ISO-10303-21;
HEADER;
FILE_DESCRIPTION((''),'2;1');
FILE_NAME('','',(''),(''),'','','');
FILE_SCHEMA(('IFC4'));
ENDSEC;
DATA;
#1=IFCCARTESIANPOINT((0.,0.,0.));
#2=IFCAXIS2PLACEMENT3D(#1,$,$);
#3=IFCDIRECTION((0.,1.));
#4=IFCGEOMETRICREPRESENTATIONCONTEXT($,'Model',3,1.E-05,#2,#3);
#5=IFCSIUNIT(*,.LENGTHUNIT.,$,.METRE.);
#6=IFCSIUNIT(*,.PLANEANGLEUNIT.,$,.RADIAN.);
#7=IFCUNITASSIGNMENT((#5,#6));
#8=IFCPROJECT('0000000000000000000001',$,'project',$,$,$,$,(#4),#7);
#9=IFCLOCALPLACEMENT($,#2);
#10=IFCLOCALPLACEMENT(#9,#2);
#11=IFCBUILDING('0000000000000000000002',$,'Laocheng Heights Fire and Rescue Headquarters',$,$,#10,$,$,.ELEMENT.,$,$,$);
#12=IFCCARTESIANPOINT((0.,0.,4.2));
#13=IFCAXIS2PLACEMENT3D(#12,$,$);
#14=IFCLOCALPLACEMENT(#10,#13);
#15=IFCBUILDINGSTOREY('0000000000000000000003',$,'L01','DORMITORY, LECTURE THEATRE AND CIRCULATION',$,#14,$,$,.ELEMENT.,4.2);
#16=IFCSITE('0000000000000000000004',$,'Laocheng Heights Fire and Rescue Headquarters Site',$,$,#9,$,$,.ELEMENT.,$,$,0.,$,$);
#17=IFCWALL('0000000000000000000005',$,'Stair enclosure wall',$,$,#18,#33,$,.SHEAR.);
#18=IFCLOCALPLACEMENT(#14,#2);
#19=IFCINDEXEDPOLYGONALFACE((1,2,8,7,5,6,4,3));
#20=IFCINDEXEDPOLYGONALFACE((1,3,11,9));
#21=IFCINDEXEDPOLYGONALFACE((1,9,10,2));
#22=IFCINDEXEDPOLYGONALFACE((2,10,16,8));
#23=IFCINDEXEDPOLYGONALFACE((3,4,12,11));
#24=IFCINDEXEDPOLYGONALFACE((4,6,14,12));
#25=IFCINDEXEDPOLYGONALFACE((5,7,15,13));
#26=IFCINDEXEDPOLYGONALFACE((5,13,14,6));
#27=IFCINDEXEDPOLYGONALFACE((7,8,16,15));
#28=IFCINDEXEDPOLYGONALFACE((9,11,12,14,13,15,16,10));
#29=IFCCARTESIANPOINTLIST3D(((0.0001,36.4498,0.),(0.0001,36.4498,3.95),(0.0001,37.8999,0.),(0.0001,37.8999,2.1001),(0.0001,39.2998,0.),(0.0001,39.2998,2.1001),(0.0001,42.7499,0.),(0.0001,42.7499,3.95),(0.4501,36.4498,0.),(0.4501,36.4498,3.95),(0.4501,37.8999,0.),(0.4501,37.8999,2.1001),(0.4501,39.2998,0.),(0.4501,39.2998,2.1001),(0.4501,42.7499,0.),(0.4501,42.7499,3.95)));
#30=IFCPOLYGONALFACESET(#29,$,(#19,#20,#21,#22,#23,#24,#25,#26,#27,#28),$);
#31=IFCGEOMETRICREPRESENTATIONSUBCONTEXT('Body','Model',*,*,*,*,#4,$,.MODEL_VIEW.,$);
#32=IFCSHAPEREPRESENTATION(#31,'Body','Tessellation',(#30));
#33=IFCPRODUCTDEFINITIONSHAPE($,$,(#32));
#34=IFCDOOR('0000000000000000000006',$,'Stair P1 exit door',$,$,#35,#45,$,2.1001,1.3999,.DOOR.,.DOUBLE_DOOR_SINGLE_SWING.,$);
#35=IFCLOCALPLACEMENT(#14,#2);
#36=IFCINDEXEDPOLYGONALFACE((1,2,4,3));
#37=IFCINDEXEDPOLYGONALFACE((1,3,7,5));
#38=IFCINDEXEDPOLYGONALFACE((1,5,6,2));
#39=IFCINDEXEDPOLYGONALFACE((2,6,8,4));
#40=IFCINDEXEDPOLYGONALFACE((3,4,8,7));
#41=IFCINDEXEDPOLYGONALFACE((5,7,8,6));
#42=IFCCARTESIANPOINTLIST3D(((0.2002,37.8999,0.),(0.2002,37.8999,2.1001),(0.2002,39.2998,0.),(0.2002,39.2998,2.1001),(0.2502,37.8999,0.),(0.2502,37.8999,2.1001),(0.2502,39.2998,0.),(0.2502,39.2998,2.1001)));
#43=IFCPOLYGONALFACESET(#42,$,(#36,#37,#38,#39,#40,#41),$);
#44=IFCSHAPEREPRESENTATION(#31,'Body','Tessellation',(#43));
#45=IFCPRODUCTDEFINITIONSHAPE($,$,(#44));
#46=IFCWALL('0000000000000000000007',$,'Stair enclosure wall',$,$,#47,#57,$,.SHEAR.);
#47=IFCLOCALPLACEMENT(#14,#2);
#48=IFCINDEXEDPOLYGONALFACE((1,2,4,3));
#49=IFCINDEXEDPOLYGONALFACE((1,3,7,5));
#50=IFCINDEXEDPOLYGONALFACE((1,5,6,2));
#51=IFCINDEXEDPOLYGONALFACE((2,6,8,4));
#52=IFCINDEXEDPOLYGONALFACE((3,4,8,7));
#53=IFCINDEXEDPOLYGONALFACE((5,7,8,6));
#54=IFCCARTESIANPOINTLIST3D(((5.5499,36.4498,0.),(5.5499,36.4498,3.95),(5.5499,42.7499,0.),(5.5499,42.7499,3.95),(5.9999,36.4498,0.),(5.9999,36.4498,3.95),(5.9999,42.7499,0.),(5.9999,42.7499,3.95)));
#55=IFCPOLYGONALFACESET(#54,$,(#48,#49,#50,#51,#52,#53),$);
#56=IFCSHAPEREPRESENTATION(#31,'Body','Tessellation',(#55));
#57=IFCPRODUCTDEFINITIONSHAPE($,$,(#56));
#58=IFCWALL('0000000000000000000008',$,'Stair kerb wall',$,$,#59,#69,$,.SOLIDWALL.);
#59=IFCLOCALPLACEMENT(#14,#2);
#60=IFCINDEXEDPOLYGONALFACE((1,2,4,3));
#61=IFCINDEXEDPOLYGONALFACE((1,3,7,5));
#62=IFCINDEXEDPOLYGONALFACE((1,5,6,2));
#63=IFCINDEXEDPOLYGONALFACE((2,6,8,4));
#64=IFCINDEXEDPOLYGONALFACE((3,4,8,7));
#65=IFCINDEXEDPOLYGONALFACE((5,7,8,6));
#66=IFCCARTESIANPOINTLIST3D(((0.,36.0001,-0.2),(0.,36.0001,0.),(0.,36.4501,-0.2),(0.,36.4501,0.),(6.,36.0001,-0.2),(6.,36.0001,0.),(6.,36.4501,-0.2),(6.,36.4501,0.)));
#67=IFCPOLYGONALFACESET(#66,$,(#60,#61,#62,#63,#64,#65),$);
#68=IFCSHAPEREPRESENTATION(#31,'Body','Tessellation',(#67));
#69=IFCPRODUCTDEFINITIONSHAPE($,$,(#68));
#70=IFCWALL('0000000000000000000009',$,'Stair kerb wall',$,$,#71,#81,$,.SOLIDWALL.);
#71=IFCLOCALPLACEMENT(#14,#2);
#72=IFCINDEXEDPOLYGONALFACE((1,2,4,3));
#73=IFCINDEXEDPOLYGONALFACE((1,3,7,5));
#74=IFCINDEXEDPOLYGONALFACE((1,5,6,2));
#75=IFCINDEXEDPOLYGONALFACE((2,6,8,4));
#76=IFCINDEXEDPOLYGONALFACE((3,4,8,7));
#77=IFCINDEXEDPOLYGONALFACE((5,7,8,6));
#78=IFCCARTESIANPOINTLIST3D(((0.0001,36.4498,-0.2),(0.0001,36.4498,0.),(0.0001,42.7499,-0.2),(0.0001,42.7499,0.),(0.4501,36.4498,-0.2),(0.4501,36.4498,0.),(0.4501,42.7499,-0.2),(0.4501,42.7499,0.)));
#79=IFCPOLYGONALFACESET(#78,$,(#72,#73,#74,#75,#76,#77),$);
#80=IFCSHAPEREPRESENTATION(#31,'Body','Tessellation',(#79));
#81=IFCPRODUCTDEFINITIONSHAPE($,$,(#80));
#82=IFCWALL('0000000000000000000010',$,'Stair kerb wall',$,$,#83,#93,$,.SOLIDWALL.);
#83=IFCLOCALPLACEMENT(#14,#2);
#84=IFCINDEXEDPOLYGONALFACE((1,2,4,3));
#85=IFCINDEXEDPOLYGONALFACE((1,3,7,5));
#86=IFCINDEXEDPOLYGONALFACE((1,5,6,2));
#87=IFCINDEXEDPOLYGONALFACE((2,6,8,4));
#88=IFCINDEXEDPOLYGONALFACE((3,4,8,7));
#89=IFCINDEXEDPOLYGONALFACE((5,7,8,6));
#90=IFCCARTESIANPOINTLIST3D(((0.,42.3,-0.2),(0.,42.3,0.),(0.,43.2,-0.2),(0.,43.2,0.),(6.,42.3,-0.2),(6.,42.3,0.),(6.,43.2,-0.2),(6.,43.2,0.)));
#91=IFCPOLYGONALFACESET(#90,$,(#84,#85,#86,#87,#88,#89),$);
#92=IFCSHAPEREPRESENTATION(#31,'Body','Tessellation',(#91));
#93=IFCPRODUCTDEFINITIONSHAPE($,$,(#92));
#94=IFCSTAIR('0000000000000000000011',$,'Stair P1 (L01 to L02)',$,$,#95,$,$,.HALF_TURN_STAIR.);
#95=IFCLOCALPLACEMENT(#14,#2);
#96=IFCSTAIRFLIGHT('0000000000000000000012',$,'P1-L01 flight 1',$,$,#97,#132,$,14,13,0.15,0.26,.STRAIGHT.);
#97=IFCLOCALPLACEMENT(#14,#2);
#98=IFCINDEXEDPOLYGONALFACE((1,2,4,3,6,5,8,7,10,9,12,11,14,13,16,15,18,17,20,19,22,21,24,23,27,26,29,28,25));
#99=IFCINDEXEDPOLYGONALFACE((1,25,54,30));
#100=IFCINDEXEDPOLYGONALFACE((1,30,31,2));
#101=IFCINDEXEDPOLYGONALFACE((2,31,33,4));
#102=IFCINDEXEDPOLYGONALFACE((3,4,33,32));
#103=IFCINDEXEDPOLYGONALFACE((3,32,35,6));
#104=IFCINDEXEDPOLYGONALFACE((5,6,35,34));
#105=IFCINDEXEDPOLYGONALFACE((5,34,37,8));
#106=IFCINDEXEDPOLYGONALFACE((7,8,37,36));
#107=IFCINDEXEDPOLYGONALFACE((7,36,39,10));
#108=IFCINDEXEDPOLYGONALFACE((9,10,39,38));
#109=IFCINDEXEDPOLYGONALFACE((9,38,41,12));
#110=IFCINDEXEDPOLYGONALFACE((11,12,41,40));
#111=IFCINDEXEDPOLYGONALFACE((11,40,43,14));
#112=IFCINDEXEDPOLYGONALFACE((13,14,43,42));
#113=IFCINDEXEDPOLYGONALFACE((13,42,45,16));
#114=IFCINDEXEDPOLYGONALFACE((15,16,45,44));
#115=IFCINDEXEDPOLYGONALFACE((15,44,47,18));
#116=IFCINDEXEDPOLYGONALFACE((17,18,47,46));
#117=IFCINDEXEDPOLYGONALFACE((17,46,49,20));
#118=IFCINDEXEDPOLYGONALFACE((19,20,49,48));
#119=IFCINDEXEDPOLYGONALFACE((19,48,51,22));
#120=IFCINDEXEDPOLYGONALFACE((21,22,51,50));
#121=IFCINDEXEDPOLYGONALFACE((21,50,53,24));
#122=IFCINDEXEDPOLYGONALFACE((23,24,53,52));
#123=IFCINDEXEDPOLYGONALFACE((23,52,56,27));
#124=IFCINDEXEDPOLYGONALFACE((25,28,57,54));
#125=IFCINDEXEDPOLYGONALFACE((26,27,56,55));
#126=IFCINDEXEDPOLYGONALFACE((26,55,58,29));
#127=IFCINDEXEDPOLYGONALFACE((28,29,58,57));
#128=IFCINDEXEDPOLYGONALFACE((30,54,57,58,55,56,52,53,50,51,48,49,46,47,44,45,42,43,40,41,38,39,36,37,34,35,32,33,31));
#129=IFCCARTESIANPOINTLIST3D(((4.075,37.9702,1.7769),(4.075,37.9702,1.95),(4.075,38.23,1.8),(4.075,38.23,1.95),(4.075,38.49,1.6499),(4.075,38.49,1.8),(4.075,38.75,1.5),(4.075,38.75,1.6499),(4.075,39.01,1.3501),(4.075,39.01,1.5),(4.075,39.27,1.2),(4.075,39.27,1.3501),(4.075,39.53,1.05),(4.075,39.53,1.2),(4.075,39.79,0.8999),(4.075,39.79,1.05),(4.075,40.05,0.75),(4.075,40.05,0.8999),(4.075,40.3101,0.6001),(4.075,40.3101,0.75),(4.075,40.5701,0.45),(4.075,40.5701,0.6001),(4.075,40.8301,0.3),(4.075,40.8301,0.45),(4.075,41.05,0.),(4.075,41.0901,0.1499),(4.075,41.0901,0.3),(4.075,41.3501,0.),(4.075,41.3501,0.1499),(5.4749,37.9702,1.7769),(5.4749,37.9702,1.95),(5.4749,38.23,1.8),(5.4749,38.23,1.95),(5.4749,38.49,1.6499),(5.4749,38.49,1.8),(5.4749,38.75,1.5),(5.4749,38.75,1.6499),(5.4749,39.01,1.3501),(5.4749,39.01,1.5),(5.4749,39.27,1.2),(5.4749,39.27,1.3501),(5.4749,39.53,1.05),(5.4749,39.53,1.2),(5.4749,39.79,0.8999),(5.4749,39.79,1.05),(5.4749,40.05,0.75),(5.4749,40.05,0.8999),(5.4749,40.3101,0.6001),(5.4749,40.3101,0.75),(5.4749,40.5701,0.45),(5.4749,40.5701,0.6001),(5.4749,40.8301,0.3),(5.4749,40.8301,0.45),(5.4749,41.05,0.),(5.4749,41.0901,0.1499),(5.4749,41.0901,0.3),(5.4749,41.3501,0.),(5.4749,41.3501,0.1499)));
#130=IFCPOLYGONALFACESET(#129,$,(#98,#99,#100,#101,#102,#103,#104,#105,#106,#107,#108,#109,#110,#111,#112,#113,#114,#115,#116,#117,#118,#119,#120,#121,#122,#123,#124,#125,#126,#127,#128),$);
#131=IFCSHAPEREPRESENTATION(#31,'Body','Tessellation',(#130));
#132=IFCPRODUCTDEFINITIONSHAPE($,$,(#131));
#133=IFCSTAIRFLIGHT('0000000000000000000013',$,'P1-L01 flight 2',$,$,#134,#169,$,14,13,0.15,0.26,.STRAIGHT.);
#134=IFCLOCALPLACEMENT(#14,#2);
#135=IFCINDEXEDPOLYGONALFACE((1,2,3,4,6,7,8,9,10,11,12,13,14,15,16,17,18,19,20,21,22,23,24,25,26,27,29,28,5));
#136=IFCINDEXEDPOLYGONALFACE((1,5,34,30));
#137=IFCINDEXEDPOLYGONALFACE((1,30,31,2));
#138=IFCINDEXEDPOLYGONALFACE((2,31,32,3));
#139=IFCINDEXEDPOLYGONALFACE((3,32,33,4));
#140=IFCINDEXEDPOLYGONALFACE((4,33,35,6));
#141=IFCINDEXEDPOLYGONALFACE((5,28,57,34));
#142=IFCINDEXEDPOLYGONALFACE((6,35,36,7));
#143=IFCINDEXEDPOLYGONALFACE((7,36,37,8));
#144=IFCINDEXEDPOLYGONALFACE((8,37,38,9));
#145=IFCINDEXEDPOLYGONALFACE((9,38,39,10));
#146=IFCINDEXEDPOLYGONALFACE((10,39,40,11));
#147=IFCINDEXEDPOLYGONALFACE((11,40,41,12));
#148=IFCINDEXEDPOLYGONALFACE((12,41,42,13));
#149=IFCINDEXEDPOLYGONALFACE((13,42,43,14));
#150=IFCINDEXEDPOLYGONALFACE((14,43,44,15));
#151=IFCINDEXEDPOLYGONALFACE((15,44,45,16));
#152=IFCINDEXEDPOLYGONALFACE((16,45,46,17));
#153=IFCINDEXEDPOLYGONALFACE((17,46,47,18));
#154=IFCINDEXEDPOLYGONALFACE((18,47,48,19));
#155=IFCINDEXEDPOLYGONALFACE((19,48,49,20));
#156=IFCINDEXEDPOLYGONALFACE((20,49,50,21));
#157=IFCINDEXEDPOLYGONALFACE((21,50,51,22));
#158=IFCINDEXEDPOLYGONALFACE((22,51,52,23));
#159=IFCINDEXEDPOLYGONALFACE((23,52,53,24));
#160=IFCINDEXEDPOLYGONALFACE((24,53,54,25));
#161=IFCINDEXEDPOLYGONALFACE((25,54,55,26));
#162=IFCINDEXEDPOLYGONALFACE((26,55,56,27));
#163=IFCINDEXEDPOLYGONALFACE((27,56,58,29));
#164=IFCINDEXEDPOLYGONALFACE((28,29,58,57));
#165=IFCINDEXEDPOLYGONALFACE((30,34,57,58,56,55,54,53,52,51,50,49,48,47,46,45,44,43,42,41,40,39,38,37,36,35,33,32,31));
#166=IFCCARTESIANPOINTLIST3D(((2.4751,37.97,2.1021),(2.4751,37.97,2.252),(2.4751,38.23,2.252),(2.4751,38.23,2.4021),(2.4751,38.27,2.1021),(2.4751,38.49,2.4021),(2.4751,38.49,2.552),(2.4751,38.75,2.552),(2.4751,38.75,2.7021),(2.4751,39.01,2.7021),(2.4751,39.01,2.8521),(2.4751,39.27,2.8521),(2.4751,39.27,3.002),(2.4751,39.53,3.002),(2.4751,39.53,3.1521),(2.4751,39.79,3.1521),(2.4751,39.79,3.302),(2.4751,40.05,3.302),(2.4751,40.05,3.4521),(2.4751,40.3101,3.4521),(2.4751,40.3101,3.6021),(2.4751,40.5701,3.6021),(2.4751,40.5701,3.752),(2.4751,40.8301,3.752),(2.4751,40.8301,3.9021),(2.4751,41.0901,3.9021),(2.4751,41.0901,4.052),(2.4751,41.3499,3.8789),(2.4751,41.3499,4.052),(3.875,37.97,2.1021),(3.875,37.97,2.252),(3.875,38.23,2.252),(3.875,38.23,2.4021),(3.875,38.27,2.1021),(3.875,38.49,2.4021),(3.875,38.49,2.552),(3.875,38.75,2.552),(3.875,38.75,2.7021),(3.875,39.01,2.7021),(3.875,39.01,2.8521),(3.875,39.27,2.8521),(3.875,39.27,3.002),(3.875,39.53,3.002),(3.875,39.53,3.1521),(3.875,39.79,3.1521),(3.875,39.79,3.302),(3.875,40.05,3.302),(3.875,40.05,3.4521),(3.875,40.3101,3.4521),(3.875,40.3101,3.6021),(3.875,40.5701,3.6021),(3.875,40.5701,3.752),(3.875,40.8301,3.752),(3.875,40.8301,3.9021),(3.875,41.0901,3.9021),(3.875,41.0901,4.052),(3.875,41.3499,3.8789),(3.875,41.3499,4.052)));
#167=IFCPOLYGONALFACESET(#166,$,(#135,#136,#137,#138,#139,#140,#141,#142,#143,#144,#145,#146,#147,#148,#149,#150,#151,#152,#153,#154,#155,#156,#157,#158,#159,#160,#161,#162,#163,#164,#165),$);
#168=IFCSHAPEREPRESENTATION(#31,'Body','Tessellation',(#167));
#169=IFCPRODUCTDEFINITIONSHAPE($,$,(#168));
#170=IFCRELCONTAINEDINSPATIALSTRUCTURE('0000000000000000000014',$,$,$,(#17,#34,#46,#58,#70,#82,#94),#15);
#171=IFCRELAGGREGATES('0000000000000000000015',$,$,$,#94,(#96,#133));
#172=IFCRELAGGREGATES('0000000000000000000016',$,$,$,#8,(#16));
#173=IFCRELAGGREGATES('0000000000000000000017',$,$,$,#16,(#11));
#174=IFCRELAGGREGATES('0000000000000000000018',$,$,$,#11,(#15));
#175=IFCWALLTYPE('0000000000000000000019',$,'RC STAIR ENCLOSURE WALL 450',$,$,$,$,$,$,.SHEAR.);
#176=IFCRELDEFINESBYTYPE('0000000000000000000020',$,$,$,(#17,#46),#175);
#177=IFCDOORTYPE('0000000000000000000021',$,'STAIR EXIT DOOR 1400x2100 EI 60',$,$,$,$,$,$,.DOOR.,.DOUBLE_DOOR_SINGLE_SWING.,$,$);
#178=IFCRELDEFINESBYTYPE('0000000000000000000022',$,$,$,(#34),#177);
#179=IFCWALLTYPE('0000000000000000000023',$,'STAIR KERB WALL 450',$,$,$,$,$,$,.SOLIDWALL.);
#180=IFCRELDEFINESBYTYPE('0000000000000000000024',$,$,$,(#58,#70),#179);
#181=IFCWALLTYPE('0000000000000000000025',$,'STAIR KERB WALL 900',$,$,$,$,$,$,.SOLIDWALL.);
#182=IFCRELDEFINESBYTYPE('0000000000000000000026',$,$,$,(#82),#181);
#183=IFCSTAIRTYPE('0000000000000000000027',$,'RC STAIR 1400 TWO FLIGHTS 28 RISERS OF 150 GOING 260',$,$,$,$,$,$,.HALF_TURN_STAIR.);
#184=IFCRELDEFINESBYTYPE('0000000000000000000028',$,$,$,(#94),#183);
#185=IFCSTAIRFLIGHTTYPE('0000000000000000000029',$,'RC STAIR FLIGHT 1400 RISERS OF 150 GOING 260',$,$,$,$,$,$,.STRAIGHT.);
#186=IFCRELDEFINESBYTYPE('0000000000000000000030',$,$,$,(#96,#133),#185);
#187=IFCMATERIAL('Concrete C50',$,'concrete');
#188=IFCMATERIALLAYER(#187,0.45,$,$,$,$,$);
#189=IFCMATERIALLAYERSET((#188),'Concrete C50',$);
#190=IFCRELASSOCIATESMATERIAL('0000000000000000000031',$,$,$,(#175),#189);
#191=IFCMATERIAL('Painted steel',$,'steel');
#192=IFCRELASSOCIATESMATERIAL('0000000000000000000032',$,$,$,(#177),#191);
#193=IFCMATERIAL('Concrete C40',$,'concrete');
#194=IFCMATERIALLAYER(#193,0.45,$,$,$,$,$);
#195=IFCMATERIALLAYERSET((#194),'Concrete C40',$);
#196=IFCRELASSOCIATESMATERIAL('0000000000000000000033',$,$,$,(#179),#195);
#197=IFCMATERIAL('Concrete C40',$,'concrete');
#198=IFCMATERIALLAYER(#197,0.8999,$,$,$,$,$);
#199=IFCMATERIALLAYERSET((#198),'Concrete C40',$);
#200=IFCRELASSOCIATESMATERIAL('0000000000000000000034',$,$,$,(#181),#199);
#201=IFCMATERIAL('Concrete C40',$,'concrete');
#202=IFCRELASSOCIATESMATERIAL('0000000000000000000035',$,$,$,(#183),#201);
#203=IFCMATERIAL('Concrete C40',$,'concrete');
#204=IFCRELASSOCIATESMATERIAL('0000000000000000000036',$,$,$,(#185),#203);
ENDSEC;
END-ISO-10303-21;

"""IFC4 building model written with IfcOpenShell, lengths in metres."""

from ifc_helpers import new_model, si_unit, direction, frame, frame_2d, origin, place, context, subcontext, project, spatial, polyline, rectangle, outline, extrude, material, layer, layer_set, type_object, element, fill, aggregate, save


model = new_model("IFC4")

# Units and contexts
model_context = context("Model", 3, precision=1e-05, world=origin(), true_north=direction((0.0, 1.0)))
body_context = subcontext(model_context, "Body", "Model", "MODEL_VIEW")
ifc_project = project(units=[si_unit("LENGTHUNIT", "METRE"), si_unit("PLANEANGLEUNIT", "RADIAN")], contexts=[model_context])

# Site, building, storey
site_placement = place(None, origin())
site = spatial("IfcSite", under=ifc_project, at=site_placement, Name="Laocheng Heights Fire and Rescue Headquarters Site", CompositionType="ELEMENT", RefElevation=0.0)
building_placement = place(site_placement, origin())
building = spatial("IfcBuilding", under=site, at=building_placement, Name="Laocheng Heights Fire and Rescue Headquarters", CompositionType="ELEMENT")
storey_placement = place(building_placement, frame((0.0, 0.0, 4.2)))
storey = spatial("IfcBuildingStorey", under=building, at=storey_placement, Name="L01", Description="DORMITORY, LECTURE THEATRE AND CIRCULATION", CompositionType="ELEMENT", Elevation=4.2)

# Shared definitions
ifc_material_1 = material(Name="Concrete C50", Category="concrete")
ifc_layer_1 = layer(ifc_material_1, 0.45)
ifc_layer_set_1 = layer_set([ifc_layer_1], Name="Concrete C50")
wall_type_1 = type_object("IfcWallType", Name="RC STAIR ENCLOSURE WALL 450", PredefinedType="SHEAR", material=ifc_layer_set_1)

# Wall, opening, door
wall_1_placement = place(storey_placement, frame((0.2251, 36.45, 0.0), z_axis=(0.0, 0.0, 1.0), x_axis=(0.0, 1.0, 0.0)))
wall_1 = element("IfcWall", 1, at=wall_1_placement, inside=storey, type_object=wall_type_1, Name="Stair enclosure wall", PredefinedType="SHEAR", context=body_context, shape_type="SweptSolid", body=[
    extrude(rectangle(XDim=6.3, YDim=0.45, at=frame_2d((3.1499, 0.0))), origin(), (0.0, 0.0, 1.0), 3.95),
])
opening_1_placement = place(wall_1_placement, frame((1.45, 0.0, 0.0)))
opening_1 = element("IfcOpeningElement", 2, at=opening_1_placement, cuts=wall_1, PredefinedType="OPENING", context=body_context, shape_type="SweptSolid", body=[
    extrude(rectangle(XDim=1.3999, YDim=2.1001, at=frame_2d((0.7, 1.05))), frame((0.0, 0.2349, 0.0), z_axis=(0.0, -1.0, 0.0), x_axis=(1.0, 0.0, 0.0)), (0.0, 0.0, 1.0), 0.47),
])
ifc_material_2 = material(Name="Painted steel", Category="steel")
door_type_1 = type_object("IfcDoorType", Name="STAIR EXIT DOOR 1400x2100 EI 60", OperationType="DOUBLE_DOOR_SINGLE_SWING", PredefinedType="DOOR", material=ifc_material_2)
door_1_placement = place(opening_1_placement, origin())
door_1 = element("IfcDoor", 3, at=door_1_placement, inside=storey, type_object=door_type_1, Name="Stair P1 exit door", OperationType="DOUBLE_DOOR_SINGLE_SWING", OverallHeight=2.1001, OverallWidth=1.3999, PredefinedType="DOOR", context=body_context, shape_type="SweptSolid", body=[
    extrude(rectangle(XDim=1.3999, YDim=2.1001, at=frame_2d((0.7, 1.05))), frame((0.0, 0.0249, 0.0), z_axis=(0.0, -1.0, 0.0), x_axis=(1.0, 0.0, 0.0)), (0.0, 0.0, 1.0), 0.05),
])
fill(opening_1, door_1)

# Walls
wall_2_placement = place(storey_placement, frame((5.7749, 36.45, 0.0), z_axis=(0.0, 0.0, 1.0), x_axis=(0.0, 1.0, 0.0)))
element("IfcWall", 4, at=wall_2_placement, inside=storey, type_object=wall_type_1, Name="Stair enclosure wall", PredefinedType="SHEAR", context=body_context, shape_type="SweptSolid", body=[
    extrude(rectangle(XDim=6.3, YDim=0.45, at=frame_2d((3.1499, 0.0))), origin(), (0.0, 0.0, 1.0), 3.95),
])
ifc_material_3 = material(Name="Concrete C40", Category="concrete")
ifc_layer_2 = layer(ifc_material_3, 0.45)
ifc_layer_set_2 = layer_set([ifc_layer_2], Name="Concrete C40")
wall_type_2 = type_object("IfcWallType", Name="STAIR KERB WALL 450", PredefinedType="SOLIDWALL", material=ifc_layer_set_2)
wall_3_placement = place(storey_placement, frame((0.0, 36.2251, -0.2), z_axis=(0.0, 0.0, 1.0), x_axis=(1.0, 0.0, 0.0)))
element("IfcWall", 5, at=wall_3_placement, inside=storey, type_object=wall_type_2, Name="Stair kerb wall", PredefinedType="SOLIDWALL", context=body_context, shape_type="SweptSolid", body=[
    extrude(rectangle(XDim=6.0, YDim=0.45, at=frame_2d((3.0, 0.0))), origin(), (0.0, 0.0, 1.0), 0.2),
])
wall_4_placement = place(storey_placement, frame((0.2251, 36.45, -0.2), z_axis=(0.0, 0.0, 1.0), x_axis=(0.0, 1.0, 0.0)))
element("IfcWall", 6, at=wall_4_placement, inside=storey, type_object=wall_type_2, Name="Stair kerb wall", PredefinedType="SOLIDWALL", context=body_context, shape_type="SweptSolid", body=[
    extrude(rectangle(XDim=6.3, YDim=0.45, at=frame_2d((3.1499, 0.0))), origin(), (0.0, 0.0, 1.0), 0.2),
])
ifc_material_4 = material(Name="Concrete C40", Category="concrete")
ifc_layer_3 = layer(ifc_material_4, 0.8999)
ifc_layer_set_3 = layer_set([ifc_layer_3], Name="Concrete C40")
wall_type_3 = type_object("IfcWallType", Name="STAIR KERB WALL 900", PredefinedType="SOLIDWALL", material=ifc_layer_set_3)
wall_5_placement = place(storey_placement, frame((0.0, 42.75, -0.2), z_axis=(0.0, 0.0, 1.0), x_axis=(1.0, 0.0, 0.0)))
element("IfcWall", 7, at=wall_5_placement, inside=storey, type_object=wall_type_3, Name="Stair kerb wall", PredefinedType="SOLIDWALL", context=body_context, shape_type="SweptSolid", body=[
    extrude(rectangle(XDim=6.0, YDim=0.8999, at=frame_2d((3.0, 0.0))), origin(), (0.0, 0.0, 1.0), 0.2),
])

# Stair, stair flights
ifc_material_5 = material(Name="Concrete C40", Category="concrete")
stair_type = type_object("IfcStairType", Name="RC STAIR 1400 TWO FLIGHTS 28 RISERS OF 150 GOING 260", PredefinedType="HALF_TURN_STAIR", material=ifc_material_5)
stair_placement = place(storey_placement, origin())
stair = element("IfcStair", 8, at=stair_placement, inside=storey, type_object=stair_type, Name="Stair P1 (L01 to L02)", PredefinedType="HALF_TURN_STAIR")
ifc_material_6 = material(Name="Concrete C40", Category="concrete")
stair_flight_type = type_object("IfcStairFlightType", Name="RC STAIR FLIGHT 1400 RISERS OF 150 GOING 260", PredefinedType="STRAIGHT", material=ifc_material_6)
stair_flight_1_placement = place(storey_placement, frame((4.7749, 41.3501, 0.0), z_axis=(0.0, 0.0, 1.0), x_axis=(0.0, -1.0, 0.0)))
stair_flight_1 = element("IfcStairFlight", 9, at=stair_flight_1_placement, type_object=stair_flight_type, Name="P1-L01 flight 1", NumberOfRisers=14, NumberOfTreads=13, PredefinedType="STRAIGHT", RiserHeight=0.15, TreadLength=0.26, context=body_context, shape_type="SweptSolid", body=[
    extrude(outline(polyline([(0.0, 0.0), (0.0, 0.1499), (0.26, 0.1499), (0.26, 0.3), (0.52, 0.3), (0.52, 0.45), (0.78, 0.45), (0.78, 0.6001), (1.04, 0.6001), (1.04, 0.75), (1.3, 0.75), (1.3, 0.8999), (1.5601, 0.8999), (1.5601, 1.05), (1.8201, 1.05), (1.8201, 1.2), (2.0801, 1.2), (2.0801, 1.3501), (2.3401, 1.3501), (2.3401, 1.5), (2.6001, 1.5), (2.6001, 1.6499), (2.8601, 1.6499), (2.8601, 1.8), (3.1201, 1.8), (3.1201, 1.95), (3.3799, 1.95), (3.3799, 2.1001), (3.3799, 1.7769), (0.3, 0.0), (0.0, 0.0)])), frame((0.0, 0.7, 0.0), z_axis=(0.0, -1.0, 0.0), x_axis=(1.0, 0.0, 0.0)), (0.0, 0.0, 1.0), 1.3999),
])
stair_flight_2_placement = place(storey_placement, frame((3.175, 37.97, 2.1021), z_axis=(0.0, 0.0, 1.0), x_axis=(0.0, 1.0, 0.0)))
stair_flight_2 = element("IfcStairFlight", 10, at=stair_flight_2_placement, type_object=stair_flight_type, Name="P1-L01 flight 2", NumberOfRisers=14, NumberOfTreads=13, PredefinedType="STRAIGHT", RiserHeight=0.15, TreadLength=0.26, context=body_context, shape_type="SweptSolid", body=[
    extrude(outline(polyline([(0.0, 0.0), (0.0, 0.1499), (0.26, 0.1499), (0.26, 0.3), (0.52, 0.3), (0.52, 0.45), (0.78, 0.45), (0.78, 0.6001), (1.04, 0.6001), (1.04, 0.75), (1.3, 0.75), (1.3, 0.8999), (1.5601, 0.8999), (1.5601, 1.05), (1.8201, 1.05), (1.8201, 1.2), (2.0801, 1.2), (2.0801, 1.3501), (2.3401, 1.3501), (2.3401, 1.5), (2.6001, 1.5), (2.6001, 1.6499), (2.8601, 1.6499), (2.8601, 1.8), (3.1201, 1.8), (3.1201, 1.95), (3.3799, 1.95), (3.3799, 2.1001), (3.3799, 1.7769), (0.3, 0.0), (0.0, 0.0)])), frame((0.0, 0.7, 0.0), z_axis=(0.0, -1.0, 0.0), x_axis=(1.0, 0.0, 0.0)), (0.0, 0.0, 1.0), 1.3999),
])
aggregate(stair, [stair_flight_1, stair_flight_2])

save(model, "model.ifc")
